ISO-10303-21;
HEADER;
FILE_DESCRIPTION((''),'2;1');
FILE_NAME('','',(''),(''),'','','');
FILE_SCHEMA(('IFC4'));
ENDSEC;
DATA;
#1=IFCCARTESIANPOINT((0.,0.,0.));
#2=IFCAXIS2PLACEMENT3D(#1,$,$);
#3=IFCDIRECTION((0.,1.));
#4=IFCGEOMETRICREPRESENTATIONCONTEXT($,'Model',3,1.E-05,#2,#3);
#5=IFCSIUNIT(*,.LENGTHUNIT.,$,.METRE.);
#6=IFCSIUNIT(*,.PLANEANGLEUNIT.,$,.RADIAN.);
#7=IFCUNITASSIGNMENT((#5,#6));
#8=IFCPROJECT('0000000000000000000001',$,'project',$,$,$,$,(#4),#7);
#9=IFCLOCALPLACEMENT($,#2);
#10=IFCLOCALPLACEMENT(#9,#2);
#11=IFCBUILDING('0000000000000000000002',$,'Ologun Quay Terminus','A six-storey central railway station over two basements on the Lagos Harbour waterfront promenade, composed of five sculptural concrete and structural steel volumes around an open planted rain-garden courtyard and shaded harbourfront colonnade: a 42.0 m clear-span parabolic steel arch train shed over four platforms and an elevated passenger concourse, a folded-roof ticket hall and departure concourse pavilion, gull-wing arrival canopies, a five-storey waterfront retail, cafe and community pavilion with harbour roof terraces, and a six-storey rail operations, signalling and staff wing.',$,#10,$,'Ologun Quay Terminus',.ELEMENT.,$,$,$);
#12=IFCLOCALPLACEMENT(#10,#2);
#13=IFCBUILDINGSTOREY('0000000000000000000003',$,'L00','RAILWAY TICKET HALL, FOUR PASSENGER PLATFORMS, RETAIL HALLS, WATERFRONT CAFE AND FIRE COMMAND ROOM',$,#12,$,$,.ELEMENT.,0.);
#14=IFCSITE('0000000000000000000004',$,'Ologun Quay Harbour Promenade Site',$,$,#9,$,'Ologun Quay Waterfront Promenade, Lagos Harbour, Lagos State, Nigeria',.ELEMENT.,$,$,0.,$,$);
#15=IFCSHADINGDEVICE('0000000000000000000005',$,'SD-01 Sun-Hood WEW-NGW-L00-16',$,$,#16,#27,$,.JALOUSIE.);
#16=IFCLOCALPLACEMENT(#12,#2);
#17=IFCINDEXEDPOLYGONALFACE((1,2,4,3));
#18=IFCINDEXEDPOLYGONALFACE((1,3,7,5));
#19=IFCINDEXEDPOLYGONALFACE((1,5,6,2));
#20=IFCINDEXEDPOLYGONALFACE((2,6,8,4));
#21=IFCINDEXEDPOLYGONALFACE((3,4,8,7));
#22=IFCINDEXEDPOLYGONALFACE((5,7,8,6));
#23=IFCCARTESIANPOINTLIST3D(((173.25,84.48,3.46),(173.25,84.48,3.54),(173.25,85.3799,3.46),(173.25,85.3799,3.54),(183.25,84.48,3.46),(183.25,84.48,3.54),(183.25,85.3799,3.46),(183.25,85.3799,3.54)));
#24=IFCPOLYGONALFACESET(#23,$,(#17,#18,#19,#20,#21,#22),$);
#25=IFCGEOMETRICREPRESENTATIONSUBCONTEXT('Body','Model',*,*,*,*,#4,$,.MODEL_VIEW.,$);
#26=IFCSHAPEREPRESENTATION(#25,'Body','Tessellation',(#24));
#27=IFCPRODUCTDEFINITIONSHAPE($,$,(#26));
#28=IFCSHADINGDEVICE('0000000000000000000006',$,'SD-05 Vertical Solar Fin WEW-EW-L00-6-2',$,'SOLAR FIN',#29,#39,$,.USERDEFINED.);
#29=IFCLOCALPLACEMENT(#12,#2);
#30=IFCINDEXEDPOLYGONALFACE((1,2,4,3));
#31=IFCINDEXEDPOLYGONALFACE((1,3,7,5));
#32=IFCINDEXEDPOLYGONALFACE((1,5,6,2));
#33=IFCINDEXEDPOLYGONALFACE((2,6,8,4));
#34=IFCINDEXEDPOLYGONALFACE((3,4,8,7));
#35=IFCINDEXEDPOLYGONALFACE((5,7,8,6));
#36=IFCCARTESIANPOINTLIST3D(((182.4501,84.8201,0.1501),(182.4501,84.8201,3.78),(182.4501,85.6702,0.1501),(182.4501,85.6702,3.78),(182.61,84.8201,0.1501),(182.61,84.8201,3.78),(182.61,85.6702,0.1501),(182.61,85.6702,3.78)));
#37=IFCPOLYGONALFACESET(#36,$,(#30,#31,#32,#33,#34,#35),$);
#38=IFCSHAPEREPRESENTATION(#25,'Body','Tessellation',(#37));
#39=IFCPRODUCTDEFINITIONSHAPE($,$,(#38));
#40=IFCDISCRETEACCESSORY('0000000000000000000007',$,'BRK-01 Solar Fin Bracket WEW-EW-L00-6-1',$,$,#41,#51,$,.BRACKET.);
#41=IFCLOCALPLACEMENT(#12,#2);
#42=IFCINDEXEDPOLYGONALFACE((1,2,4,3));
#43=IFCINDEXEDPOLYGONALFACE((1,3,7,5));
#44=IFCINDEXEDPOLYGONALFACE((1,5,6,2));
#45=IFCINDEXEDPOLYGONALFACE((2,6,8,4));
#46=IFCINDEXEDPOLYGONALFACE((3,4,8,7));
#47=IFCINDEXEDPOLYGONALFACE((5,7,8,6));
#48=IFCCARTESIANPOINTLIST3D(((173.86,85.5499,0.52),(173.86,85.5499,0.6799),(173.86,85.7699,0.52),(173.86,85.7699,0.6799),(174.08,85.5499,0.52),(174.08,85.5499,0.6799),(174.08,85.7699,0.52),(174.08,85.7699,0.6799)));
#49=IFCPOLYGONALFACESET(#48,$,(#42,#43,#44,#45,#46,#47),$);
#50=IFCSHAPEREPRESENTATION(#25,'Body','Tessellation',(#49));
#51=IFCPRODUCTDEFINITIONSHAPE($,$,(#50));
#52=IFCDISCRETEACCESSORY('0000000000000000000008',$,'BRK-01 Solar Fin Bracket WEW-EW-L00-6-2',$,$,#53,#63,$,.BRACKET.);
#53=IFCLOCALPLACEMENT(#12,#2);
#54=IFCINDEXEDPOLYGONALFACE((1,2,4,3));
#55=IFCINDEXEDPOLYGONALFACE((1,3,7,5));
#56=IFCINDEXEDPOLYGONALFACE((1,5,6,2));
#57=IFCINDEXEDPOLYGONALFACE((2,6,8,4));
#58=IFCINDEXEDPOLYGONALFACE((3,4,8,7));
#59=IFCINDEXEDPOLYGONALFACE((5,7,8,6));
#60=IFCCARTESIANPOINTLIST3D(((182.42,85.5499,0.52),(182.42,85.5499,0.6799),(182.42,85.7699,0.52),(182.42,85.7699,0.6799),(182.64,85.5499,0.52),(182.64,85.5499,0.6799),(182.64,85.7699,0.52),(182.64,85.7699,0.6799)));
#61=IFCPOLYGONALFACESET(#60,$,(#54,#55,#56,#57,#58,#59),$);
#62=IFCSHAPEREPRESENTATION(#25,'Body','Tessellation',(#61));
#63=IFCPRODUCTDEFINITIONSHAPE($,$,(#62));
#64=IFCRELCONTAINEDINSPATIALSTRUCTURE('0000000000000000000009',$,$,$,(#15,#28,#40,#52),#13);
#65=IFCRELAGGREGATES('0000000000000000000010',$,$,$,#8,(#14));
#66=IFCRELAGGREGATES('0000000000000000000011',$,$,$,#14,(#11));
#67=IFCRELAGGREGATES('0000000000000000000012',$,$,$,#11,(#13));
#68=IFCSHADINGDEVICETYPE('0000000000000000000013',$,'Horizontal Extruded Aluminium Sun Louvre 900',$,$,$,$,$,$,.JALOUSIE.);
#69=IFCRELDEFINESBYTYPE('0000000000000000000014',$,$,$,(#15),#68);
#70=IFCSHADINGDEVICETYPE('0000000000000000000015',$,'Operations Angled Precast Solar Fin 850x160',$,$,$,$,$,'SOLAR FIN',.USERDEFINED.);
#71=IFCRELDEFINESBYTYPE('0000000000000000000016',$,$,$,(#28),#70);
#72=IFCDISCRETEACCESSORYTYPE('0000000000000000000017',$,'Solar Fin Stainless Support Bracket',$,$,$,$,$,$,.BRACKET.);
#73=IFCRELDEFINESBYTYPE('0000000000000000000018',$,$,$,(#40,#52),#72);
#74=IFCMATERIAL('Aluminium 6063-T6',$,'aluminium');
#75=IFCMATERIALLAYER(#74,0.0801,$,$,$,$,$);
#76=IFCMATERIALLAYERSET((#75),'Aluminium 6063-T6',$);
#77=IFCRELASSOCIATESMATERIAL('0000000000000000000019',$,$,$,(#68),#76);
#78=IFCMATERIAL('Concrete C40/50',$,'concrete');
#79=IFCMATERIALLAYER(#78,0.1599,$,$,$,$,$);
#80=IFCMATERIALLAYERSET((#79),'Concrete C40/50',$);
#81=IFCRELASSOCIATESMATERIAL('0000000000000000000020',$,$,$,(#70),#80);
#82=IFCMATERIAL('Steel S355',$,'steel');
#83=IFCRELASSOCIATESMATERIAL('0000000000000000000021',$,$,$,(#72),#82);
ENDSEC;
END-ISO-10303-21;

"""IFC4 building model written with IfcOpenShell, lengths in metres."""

from ifc_helpers import new_model, si_unit, direction, frame, origin, origin_2d, place, context, subcontext, project, spatial, rectangle, extrude, material, layer, layer_set, type_object, element, save


model = new_model("IFC4")

# Units and contexts
model_context = context("Model", 3, precision=1e-05, world=origin(), true_north=direction((0.0, 1.0)))
body_context = subcontext(model_context, "Body", "Model", "MODEL_VIEW")
ifc_project = project(units=[si_unit("LENGTHUNIT", "METRE"), si_unit("PLANEANGLEUNIT", "RADIAN")], contexts=[model_context])

# Site, building, storey
site_placement = place(None, origin())
site = spatial("IfcSite", under=ifc_project, at=site_placement, Name="Ologun Quay Harbour Promenade Site", LongName="Ologun Quay Waterfront Promenade, Lagos Harbour, Lagos State, Nigeria", CompositionType="ELEMENT", RefElevation=0.0)
building_placement = place(site_placement, origin())
building = spatial("IfcBuilding", under=site, at=building_placement, Name="Ologun Quay Terminus", Description="A six-storey central railway station over two basements on the Lagos Harbour waterfront promenade, composed of five sculptural concrete and structural steel volumes around an open planted rain-garden courtyard and shaded harbourfront colonnade: a 42.0 m clear-span parabolic steel arch train shed over four platforms and an elevated passenger concourse, a folded-roof ticket hall and departure concourse pavilion, gull-wing arrival canopies, a five-storey waterfront retail, cafe and community pavilion with harbour roof terraces, and a six-storey rail operations, signalling and staff wing.", LongName="Ologun Quay Terminus", CompositionType="ELEMENT")
storey_placement = place(building_placement, origin())
storey = spatial("IfcBuildingStorey", under=building, at=storey_placement, Name="L00", Description="RAILWAY TICKET HALL, FOUR PASSENGER PLATFORMS, RETAIL HALLS, WATERFRONT CAFE AND FIRE COMMAND ROOM", CompositionType="ELEMENT", Elevation=0.0)

# Shading devices
ifc_material_1 = material(Name="Aluminium 6063-T6", Category="aluminium")
ifc_layer_1 = layer(ifc_material_1, 0.0801)
ifc_layer_set_1 = layer_set([ifc_layer_1], Name="Aluminium 6063-T6")
shading_device_type_1 = type_object("IfcShadingDeviceType", Name="Horizontal Extruded Aluminium Sun Louvre 900", PredefinedType="JALOUSIE", material=ifc_layer_set_1)
shading_device_1_placement = place(storey_placement, frame((178.25, 84.9299, 3.46), z_axis=(0.0, 0.0, 1.0), x_axis=(1.0, 0.0, 0.0)))
element("IfcShadingDevice", 1, at=shading_device_1_placement, inside=storey, type_object=shading_device_type_1, Name="SD-01 Sun-Hood WEW-NGW-L00-16", PredefinedType="JALOUSIE", context=body_context, shape_type="SweptSolid", body=[
    extrude(rectangle(XDim=10.0, YDim=0.8999, at=origin_2d()), origin(), (0.0, 0.0, 1.0), 0.0801),
])
ifc_material_2 = material(Name="Concrete C40/50", Category="concrete")
ifc_layer_2 = layer(ifc_material_2, 0.1599)
ifc_layer_set_2 = layer_set([ifc_layer_2], Name="Concrete C40/50")
shading_device_type_2 = type_object("IfcShadingDeviceType", Name="Operations Angled Precast Solar Fin 850x160", ElementType="SOLAR FIN", PredefinedType="USERDEFINED", material=ifc_layer_set_2)
shading_device_2_placement = place(storey_placement, frame((182.53, 85.2451, 0.1501), z_axis=(0.0, 0.0, 1.0), x_axis=(1.0, 0.0, 0.0)))
element("IfcShadingDevice", 2, at=shading_device_2_placement, inside=storey, type_object=shading_device_type_2, Name="SD-05 Vertical Solar Fin WEW-EW-L00-6-2", ObjectType="SOLAR FIN", PredefinedType="USERDEFINED", context=body_context, shape_type="SweptSolid", body=[
    extrude(rectangle(XDim=0.1599, YDim=0.8501, at=origin_2d()), origin(), (0.0, 0.0, 1.0), 3.6299),
])

# Discrete accessories
ifc_material_3 = material(Name="Steel S355", Category="steel")
discrete_accessory_type = type_object("IfcDiscreteAccessoryType", Name="Solar Fin Stainless Support Bracket", PredefinedType="BRACKET", material=ifc_material_3)
for number, where, z_axis, x_axis, name in (
    (3, (173.97, 85.6599, 0.52), (0.0, 0.0, 1.0), (1.0, 0.0, 0.0), "BRK-01 Solar Fin Bracket WEW-EW-L00-6-1"),
    (4, (182.53, 85.6599, 0.52), (0.0, 0.0, 1.0), (1.0, 0.0, 0.0), "BRK-01 Solar Fin Bracket WEW-EW-L00-6-2"),
):
    element("IfcDiscreteAccessory", number, at=place(storey_placement, frame(where, z_axis=z_axis, x_axis=x_axis)), inside=storey, type_object=discrete_accessory_type, Name=name, PredefinedType="BRACKET", context=body_context, shape_type="SweptSolid", body=[
        extrude(rectangle(XDim=0.22, YDim=0.22, at=origin_2d()), origin(), (0.0, 0.0, 1.0), 0.1599),
    ])

save(model, "model.ifc")
